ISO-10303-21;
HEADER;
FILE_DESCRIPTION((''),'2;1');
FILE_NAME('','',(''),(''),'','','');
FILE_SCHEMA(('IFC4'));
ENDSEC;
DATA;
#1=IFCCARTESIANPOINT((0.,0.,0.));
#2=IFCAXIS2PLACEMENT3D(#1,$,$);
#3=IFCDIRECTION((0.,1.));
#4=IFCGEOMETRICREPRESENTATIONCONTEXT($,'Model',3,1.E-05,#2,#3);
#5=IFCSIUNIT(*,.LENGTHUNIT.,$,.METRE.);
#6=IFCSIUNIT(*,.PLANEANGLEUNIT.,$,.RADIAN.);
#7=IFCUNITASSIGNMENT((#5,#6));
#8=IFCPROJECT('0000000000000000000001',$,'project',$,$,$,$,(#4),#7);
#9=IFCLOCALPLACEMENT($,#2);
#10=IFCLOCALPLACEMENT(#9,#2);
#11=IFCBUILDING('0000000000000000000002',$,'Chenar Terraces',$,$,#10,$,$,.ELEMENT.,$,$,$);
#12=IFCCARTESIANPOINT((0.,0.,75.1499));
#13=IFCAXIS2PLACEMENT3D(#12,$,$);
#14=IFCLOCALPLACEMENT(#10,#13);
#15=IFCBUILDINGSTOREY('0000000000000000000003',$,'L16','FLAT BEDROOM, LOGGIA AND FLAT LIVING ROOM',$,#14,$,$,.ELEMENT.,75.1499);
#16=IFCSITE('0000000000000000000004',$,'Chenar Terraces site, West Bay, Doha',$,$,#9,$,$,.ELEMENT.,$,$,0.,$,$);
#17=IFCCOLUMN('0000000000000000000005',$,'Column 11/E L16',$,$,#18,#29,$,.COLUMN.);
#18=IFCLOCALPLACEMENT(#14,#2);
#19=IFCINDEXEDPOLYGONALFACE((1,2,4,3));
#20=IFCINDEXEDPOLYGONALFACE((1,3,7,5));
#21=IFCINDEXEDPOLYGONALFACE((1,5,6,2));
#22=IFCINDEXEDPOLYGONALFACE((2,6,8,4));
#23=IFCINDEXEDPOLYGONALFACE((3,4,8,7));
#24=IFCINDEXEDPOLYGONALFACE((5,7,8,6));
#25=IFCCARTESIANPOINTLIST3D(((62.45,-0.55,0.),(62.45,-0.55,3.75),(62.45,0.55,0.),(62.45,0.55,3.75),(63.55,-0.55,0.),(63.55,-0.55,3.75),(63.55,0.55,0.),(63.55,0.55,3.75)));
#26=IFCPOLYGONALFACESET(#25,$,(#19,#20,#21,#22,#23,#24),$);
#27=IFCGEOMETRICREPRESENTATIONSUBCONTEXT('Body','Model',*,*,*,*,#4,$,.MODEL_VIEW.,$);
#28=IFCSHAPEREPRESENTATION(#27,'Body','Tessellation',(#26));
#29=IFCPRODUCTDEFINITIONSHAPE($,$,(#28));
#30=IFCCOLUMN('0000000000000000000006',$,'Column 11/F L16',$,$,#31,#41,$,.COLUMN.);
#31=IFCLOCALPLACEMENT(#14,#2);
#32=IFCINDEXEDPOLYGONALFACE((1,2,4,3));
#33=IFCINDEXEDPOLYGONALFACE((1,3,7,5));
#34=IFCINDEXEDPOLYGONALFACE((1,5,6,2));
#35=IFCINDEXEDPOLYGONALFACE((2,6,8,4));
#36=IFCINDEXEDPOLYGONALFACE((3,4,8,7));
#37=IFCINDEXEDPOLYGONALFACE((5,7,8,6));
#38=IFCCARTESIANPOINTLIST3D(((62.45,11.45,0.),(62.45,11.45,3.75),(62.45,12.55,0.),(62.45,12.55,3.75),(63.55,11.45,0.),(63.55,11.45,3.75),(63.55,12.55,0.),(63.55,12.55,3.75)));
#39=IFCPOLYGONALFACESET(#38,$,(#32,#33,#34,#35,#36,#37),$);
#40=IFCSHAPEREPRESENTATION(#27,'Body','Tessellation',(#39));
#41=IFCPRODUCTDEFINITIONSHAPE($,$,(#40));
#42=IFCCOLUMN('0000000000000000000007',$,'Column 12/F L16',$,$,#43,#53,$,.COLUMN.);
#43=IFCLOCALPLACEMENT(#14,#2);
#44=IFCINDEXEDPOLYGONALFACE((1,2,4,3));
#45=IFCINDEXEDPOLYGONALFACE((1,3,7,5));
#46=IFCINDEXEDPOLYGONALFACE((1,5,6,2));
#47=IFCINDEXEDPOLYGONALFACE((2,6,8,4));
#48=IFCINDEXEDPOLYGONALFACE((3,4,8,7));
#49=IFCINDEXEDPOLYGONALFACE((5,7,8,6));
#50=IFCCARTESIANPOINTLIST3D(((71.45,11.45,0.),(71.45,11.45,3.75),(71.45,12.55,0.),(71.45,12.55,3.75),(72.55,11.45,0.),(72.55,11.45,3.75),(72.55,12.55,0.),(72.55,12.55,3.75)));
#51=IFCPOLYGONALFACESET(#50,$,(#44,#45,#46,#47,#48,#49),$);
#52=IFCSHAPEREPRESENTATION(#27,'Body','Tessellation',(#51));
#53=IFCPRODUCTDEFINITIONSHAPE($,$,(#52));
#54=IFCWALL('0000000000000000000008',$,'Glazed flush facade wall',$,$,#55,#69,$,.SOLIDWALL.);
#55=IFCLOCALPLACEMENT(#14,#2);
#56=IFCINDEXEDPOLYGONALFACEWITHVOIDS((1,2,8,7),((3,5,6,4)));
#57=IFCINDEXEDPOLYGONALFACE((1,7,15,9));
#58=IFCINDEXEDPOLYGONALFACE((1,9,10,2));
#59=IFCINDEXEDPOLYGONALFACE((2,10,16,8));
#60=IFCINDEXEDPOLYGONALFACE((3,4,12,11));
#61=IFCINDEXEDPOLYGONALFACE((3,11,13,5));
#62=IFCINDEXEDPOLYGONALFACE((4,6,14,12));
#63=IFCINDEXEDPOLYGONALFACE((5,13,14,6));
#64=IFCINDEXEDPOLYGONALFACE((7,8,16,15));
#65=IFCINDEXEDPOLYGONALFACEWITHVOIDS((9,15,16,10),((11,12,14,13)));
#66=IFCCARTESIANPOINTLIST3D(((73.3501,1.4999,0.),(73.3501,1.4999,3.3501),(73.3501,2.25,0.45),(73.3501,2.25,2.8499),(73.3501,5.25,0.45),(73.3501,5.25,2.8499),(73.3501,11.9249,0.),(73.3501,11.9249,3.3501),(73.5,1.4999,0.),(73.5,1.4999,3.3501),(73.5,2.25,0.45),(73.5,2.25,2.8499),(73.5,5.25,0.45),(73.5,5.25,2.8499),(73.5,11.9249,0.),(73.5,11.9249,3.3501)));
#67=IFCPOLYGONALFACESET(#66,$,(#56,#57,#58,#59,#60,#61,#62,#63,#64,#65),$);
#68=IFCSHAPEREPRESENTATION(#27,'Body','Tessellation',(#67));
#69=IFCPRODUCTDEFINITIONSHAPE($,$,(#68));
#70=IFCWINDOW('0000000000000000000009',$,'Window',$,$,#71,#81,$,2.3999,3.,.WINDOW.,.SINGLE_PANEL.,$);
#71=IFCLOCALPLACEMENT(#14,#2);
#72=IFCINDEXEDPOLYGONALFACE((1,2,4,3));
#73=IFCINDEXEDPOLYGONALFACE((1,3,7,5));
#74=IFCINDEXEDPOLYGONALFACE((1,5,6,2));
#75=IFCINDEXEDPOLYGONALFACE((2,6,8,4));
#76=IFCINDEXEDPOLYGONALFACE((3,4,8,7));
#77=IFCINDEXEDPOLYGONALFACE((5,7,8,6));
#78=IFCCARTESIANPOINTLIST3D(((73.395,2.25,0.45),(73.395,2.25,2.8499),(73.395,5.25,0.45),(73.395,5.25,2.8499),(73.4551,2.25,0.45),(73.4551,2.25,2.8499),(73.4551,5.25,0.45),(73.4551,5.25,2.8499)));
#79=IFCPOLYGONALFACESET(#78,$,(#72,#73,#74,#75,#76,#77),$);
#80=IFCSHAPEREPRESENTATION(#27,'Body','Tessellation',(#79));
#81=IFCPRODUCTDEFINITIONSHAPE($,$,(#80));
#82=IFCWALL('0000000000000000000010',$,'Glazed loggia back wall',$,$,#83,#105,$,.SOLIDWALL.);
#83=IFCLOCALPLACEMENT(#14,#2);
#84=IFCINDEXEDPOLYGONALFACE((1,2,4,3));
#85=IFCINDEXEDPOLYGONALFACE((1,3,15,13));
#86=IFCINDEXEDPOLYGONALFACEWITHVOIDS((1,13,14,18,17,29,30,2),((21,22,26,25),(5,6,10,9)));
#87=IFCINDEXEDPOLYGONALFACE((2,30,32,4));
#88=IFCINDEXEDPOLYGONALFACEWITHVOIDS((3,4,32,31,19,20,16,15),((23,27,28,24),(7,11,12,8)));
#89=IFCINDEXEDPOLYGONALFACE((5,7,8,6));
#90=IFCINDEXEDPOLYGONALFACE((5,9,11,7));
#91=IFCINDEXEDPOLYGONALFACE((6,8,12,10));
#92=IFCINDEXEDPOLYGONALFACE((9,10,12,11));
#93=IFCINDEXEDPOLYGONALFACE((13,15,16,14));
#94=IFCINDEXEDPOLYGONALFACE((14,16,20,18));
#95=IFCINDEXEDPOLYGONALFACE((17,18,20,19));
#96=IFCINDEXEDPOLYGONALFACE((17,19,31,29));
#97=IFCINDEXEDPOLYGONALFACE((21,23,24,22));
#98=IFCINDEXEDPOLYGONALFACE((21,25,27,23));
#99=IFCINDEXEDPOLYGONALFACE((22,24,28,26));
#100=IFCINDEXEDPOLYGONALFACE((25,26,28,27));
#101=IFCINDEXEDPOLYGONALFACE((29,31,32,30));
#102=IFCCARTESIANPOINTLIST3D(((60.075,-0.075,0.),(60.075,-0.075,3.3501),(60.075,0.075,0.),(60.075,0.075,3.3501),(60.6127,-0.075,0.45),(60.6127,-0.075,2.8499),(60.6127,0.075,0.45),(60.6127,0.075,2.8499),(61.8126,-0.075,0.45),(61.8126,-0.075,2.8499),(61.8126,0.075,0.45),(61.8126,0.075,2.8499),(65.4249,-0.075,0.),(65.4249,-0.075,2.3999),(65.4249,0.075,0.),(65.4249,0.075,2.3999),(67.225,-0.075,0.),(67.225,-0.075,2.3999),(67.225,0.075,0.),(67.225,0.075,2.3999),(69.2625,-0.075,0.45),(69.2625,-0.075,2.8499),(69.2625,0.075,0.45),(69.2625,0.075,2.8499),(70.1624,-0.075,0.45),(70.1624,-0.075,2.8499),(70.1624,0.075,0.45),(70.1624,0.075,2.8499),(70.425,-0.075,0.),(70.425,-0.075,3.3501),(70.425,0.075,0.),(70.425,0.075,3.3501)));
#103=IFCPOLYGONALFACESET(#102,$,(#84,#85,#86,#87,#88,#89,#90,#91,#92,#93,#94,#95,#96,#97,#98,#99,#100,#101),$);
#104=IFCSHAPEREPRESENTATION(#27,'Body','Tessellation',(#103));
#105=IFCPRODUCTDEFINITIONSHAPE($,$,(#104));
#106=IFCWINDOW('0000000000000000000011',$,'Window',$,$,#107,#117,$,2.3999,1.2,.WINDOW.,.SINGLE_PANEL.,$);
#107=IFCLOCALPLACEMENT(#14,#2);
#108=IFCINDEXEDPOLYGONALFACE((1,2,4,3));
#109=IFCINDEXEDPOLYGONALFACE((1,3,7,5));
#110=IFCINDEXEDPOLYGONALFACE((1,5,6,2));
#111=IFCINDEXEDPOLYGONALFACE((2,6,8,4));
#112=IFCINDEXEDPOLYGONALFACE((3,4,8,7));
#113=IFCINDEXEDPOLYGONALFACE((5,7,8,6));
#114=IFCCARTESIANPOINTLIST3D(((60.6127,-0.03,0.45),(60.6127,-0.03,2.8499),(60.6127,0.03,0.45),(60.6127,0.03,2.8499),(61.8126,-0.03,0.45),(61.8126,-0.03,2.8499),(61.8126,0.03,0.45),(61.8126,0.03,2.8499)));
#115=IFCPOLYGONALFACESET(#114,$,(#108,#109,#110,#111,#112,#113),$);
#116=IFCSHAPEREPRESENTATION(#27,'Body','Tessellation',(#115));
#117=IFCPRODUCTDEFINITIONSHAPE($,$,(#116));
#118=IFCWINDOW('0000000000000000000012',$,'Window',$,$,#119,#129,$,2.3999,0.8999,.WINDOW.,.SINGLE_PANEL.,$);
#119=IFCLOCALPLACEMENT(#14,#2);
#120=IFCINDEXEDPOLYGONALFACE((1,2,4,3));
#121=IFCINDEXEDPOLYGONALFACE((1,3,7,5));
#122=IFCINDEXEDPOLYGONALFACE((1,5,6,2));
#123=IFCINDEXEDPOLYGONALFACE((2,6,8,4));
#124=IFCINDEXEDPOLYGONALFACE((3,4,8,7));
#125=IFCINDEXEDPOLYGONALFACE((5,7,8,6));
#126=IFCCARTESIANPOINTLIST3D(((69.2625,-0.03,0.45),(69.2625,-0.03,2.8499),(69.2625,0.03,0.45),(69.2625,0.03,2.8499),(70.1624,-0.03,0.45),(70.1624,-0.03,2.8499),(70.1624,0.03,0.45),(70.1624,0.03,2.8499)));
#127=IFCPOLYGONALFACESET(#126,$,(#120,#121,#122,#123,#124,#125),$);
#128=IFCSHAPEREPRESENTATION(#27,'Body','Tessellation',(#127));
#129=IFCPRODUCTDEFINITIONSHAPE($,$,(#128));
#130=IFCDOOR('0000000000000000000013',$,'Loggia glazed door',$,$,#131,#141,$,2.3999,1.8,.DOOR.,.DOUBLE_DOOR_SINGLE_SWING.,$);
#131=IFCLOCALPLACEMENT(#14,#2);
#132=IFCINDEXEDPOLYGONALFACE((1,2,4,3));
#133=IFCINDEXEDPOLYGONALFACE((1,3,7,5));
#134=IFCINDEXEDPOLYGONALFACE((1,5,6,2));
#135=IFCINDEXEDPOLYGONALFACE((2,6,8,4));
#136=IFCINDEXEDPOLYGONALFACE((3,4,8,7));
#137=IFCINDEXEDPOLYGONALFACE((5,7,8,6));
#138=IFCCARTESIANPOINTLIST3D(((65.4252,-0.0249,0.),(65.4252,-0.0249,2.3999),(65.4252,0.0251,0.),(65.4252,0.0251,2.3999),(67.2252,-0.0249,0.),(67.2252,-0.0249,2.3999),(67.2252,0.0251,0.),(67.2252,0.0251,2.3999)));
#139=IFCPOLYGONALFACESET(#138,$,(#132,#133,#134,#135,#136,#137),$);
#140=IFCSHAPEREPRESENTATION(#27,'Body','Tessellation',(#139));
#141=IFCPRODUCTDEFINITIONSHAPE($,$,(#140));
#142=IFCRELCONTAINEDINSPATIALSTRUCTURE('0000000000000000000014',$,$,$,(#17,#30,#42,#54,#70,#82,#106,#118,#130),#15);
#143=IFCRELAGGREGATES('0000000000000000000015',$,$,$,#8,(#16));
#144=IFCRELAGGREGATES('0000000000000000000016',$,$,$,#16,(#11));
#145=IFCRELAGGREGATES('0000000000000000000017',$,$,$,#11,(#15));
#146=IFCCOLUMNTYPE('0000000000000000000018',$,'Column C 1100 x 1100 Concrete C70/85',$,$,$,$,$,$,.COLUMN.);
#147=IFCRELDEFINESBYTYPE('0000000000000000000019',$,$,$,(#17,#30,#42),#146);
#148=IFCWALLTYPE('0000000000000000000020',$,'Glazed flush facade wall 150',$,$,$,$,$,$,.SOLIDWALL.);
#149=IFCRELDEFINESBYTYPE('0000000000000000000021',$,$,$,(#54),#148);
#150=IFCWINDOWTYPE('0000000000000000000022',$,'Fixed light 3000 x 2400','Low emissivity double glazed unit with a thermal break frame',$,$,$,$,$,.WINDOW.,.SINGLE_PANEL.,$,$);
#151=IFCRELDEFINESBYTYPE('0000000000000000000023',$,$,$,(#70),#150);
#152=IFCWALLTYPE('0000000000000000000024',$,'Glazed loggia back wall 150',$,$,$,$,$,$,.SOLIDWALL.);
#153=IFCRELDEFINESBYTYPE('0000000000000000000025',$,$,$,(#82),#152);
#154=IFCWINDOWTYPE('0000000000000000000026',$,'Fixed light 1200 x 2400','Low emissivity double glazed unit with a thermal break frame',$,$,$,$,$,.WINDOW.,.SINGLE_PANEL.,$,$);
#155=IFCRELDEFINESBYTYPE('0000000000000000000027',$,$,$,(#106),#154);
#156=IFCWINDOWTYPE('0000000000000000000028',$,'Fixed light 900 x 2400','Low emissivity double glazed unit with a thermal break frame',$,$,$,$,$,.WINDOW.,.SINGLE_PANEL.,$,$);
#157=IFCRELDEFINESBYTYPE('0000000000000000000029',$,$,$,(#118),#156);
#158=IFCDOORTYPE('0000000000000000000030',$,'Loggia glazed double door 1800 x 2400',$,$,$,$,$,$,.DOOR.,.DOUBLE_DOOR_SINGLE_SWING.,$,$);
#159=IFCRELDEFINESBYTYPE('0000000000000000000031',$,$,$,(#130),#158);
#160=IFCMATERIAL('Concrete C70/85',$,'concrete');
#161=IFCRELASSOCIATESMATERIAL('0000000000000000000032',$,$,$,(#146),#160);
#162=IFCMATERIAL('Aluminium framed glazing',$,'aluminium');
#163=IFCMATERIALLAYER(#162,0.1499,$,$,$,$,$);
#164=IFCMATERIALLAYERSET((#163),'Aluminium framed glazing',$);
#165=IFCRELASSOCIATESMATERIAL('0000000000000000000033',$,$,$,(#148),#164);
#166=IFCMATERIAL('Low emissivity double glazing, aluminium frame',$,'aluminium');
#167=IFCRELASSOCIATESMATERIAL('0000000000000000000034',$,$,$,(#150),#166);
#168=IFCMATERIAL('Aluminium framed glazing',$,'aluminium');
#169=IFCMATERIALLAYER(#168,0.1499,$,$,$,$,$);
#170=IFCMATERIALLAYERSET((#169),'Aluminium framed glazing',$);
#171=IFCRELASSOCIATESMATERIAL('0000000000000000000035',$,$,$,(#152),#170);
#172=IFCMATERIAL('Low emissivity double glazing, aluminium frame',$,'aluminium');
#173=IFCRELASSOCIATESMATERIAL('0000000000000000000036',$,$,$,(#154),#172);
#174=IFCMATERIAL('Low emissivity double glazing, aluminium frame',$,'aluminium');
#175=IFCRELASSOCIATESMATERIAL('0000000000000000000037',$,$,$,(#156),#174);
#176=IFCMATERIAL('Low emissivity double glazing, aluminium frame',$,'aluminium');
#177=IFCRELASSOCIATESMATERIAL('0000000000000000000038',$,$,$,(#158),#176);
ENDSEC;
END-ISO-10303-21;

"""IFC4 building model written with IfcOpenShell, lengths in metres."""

from ifc_helpers import new_model, si_unit, direction, frame, frame_2d, origin, origin_2d, place, context, subcontext, project, spatial, rectangle, extrude, material, layer, layer_set, material_profile, profile_set, type_object, element, fill, save


model = new_model("IFC4")

# Units and contexts
model_context = context("Model", 3, precision=1e-05, world=origin(), true_north=direction((0.0, 1.0)))
body_context = subcontext(model_context, "Body", "Model", "MODEL_VIEW")
ifc_project = project(units=[si_unit("LENGTHUNIT", "METRE"), si_unit("PLANEANGLEUNIT", "RADIAN")], contexts=[model_context])

# Site, building, storey
site_placement = place(None, origin())
site = spatial("IfcSite", under=ifc_project, at=site_placement, Name="Chenar Terraces site, West Bay, Doha", CompositionType="ELEMENT", RefElevation=0.0)
building_placement = place(site_placement, origin())
building = spatial("IfcBuilding", under=site, at=building_placement, Name="Chenar Terraces", CompositionType="ELEMENT")
storey_placement = place(building_placement, frame((0.0, 0.0, 75.1499)))
storey = spatial("IfcBuildingStorey", under=building, at=storey_placement, Name="L16", Description="FLAT BEDROOM, LOGGIA AND FLAT LIVING ROOM", CompositionType="ELEMENT", Elevation=75.1499)

# Columns
ifc_material_1 = material(Name="Concrete C70/85", Category="concrete")
ifc_material_profile = material_profile(ifc_material_1, rectangle(XDim=1.1001, YDim=1.1001, at=origin_2d()), Name="C 1100 x 1100")
ifc_profile_set = profile_set([ifc_material_profile], Name="Concrete C70/85")
column_type = type_object("IfcColumnType", Name="Column C 1100 x 1100 Concrete C70/85", PredefinedType="COLUMN", material=ifc_profile_set)
for number, where, z_axis, x_axis, name in (
    (1, (63.0, 0.0, 0.0), (0.0, 0.0, 1.0), (1.0, 0.0, 0.0), "Column 11/E L16"),
    (2, (63.0, 12.0, 0.0), (0.0, 0.0, 1.0), (1.0, 0.0, 0.0), "Column 11/F L16"),
    (3, (72.0, 12.0, 0.0), (0.0, 0.0, 1.0), (1.0, 0.0, 0.0), "Column 12/F L16"),
):
    element("IfcColumn", number, at=place(storey_placement, frame(where, z_axis=z_axis, x_axis=x_axis)), inside=storey, type_object=column_type, Name=name, PredefinedType="COLUMN", context=body_context, shape_type="SweptSolid", body=[
        extrude(rectangle(XDim=1.1001, YDim=1.1001, at=origin_2d()), origin(), (0.0, 0.0, 1.0), 3.75),
    ])

# Wall, opening, window
ifc_material_2 = material(Name="Aluminium framed glazing", Category="aluminium")
ifc_layer_1 = layer(ifc_material_2, 0.1499)
ifc_layer_set_1 = layer_set([ifc_layer_1], Name="Aluminium framed glazing")
wall_type_1 = type_object("IfcWallType", Name="Glazed flush facade wall 150", PredefinedType="SOLIDWALL", material=ifc_layer_set_1)
wall_1_placement = place(storey_placement, frame((73.425, 1.5, 0.0), z_axis=(0.0, 0.0, 1.0), x_axis=(0.0, 1.0, 0.0)))
wall_1 = element("IfcWall", 4, at=wall_1_placement, inside=storey, type_object=wall_type_1, Name="Glazed flush facade wall", PredefinedType="SOLIDWALL", context=body_context, shape_type="SweptSolid", body=[
    extrude(rectangle(XDim=10.425, YDim=0.1499, at=frame_2d((5.2124, 0.0))), origin(), (0.0, 0.0, 1.0), 3.3501),
])
opening_1_placement = place(wall_1_placement, frame((0.75, 0.0, 0.45)))
opening_1 = element("IfcOpeningElement", 5, at=opening_1_placement, cuts=wall_1, PredefinedType="OPENING", context=body_context, shape_type="SweptSolid", body=[
    extrude(rectangle(XDim=3.0, YDim=2.3999, at=frame_2d((1.5, 1.2))), frame((0.0, 0.085, 0.0), z_axis=(0.0, -1.0, 0.0), x_axis=(1.0, 0.0, 0.0)), (0.0, 0.0, 1.0), 0.1699),
])
ifc_material_3 = material(Name="Low emissivity double glazing, aluminium frame", Category="aluminium")
window_type_1 = type_object("IfcWindowType", Name="Fixed light 3000 x 2400", Description="Low emissivity double glazed unit with a thermal break frame", PartitioningType="SINGLE_PANEL", PredefinedType="WINDOW", material=ifc_material_3)
window_1_placement = place(opening_1_placement, origin())
window_1 = element("IfcWindow", 6, at=window_1_placement, inside=storey, type_object=window_type_1, Name="Window", OverallHeight=2.3999, OverallWidth=3.0, PartitioningType="SINGLE_PANEL", PredefinedType="WINDOW", context=body_context, shape_type="SweptSolid", body=[
    extrude(rectangle(XDim=3.0, YDim=2.3999, at=frame_2d((1.5, 1.2))), frame((0.0, 0.03, 0.0), z_axis=(0.0, -1.0, 0.0), x_axis=(1.0, 0.0, 0.0)), (0.0, 0.0, 1.0), 0.0601),
])
fill(opening_1, window_1)

# Wall, openings, windows, door
ifc_material_4 = material(Name="Aluminium framed glazing", Category="aluminium")
ifc_layer_2 = layer(ifc_material_4, 0.1499)
ifc_layer_set_2 = layer_set([ifc_layer_2], Name="Aluminium framed glazing")
wall_type_2 = type_object("IfcWallType", Name="Glazed loggia back wall 150", PredefinedType="SOLIDWALL", material=ifc_layer_set_2)
wall_2_placement = place(storey_placement, frame((60.075, 0.0, 0.0), z_axis=(0.0, 0.0, 1.0), x_axis=(1.0, 0.0, 0.0)))
wall_2 = element("IfcWall", 7, at=wall_2_placement, inside=storey, type_object=wall_type_2, Name="Glazed loggia back wall", PredefinedType="SOLIDWALL", context=body_context, shape_type="SweptSolid", body=[
    extrude(rectangle(XDim=10.3501, YDim=0.1499, at=frame_2d((5.175, 0.0))), origin(), (0.0, 0.0, 1.0), 3.3501),
])
opening_2_placement = place(wall_2_placement, frame((0.5376, 0.0, 0.45)))
opening_2 = element("IfcOpeningElement", 8, at=opening_2_placement, cuts=wall_2, PredefinedType="OPENING", context=body_context, shape_type="SweptSolid", body=[
    extrude(rectangle(XDim=1.2, YDim=2.3999, at=frame_2d((0.6001, 1.2))), frame((0.0, 0.085, 0.0), z_axis=(0.0, -1.0, 0.0), x_axis=(1.0, 0.0, 0.0)), (0.0, 0.0, 1.0), 0.1699),
])
opening_3_placement = place(wall_2_placement, frame((5.3501, 0.0, 0.0)))
opening_3 = element("IfcOpeningElement", 9, at=opening_3_placement, cuts=wall_2, PredefinedType="OPENING", context=body_context, shape_type="SweptSolid", body=[
    extrude(rectangle(XDim=1.8, YDim=2.3999, at=frame_2d((0.8999, 1.2))), frame((0.0, 0.085, 0.0), z_axis=(0.0, -1.0, 0.0), x_axis=(1.0, 0.0, 0.0)), (0.0, 0.0, 1.0), 0.1699),
])
opening_4_placement = place(wall_2_placement, frame((9.1875, 0.0, 0.45)))
opening_4 = element("IfcOpeningElement", 10, at=opening_4_placement, cuts=wall_2, PredefinedType="OPENING", context=body_context, shape_type="SweptSolid", body=[
    extrude(rectangle(XDim=0.8999, YDim=2.3999, at=frame_2d((0.45, 1.2))), frame((0.0, 0.085, 0.0), z_axis=(0.0, -1.0, 0.0), x_axis=(1.0, 0.0, 0.0)), (0.0, 0.0, 1.0), 0.1699),
])
ifc_material_5 = material(Name="Low emissivity double glazing, aluminium frame", Category="aluminium")
window_type_2 = type_object("IfcWindowType", Name="Fixed light 1200 x 2400", Description="Low emissivity double glazed unit with a thermal break frame", PartitioningType="SINGLE_PANEL", PredefinedType="WINDOW", material=ifc_material_5)
window_2_placement = place(opening_2_placement, origin())
window_2 = element("IfcWindow", 11, at=window_2_placement, inside=storey, type_object=window_type_2, Name="Window", OverallHeight=2.3999, OverallWidth=1.2, PartitioningType="SINGLE_PANEL", PredefinedType="WINDOW", context=body_context, shape_type="SweptSolid", body=[
    extrude(rectangle(XDim=1.2, YDim=2.3999, at=frame_2d((0.6001, 1.2))), frame((0.0, 0.03, 0.0), z_axis=(0.0, -1.0, 0.0), x_axis=(1.0, 0.0, 0.0)), (0.0, 0.0, 1.0), 0.0601),
])
fill(opening_2, window_2)
ifc_material_6 = material(Name="Low emissivity double glazing, aluminium frame", Category="aluminium")
window_type_3 = type_object("IfcWindowType", Name="Fixed light 900 x 2400", Description="Low emissivity double glazed unit with a thermal break frame", PartitioningType="SINGLE_PANEL", PredefinedType="WINDOW", material=ifc_material_6)
window_3_placement = place(opening_4_placement, origin())
window_3 = element("IfcWindow", 12, at=window_3_placement, inside=storey, type_object=window_type_3, Name="Window", OverallHeight=2.3999, OverallWidth=0.8999, PartitioningType="SINGLE_PANEL", PredefinedType="WINDOW", context=body_context, shape_type="SweptSolid", body=[
    extrude(rectangle(XDim=0.8999, YDim=2.3999, at=frame_2d((0.45, 1.2))), frame((0.0, 0.03, 0.0), z_axis=(0.0, -1.0, 0.0), x_axis=(1.0, 0.0, 0.0)), (0.0, 0.0, 1.0), 0.0601),
])
fill(opening_4, window_3)
ifc_material_7 = material(Name="Low emissivity double glazing, aluminium frame", Category="aluminium")
door_type_1 = type_object("IfcDoorType", Name="Loggia glazed double door 1800 x 2400", OperationType="DOUBLE_DOOR_SINGLE_SWING", PredefinedType="DOOR", material=ifc_material_7)
door_1_placement = place(opening_3_placement, frame((1.8, 0.0, 0.0), z_axis=(0.0, 0.0, 1.0), x_axis=(-1.0, 0.0, 0.0)))
door_1 = element("IfcDoor", 13, at=door_1_placement, inside=storey, type_object=door_type_1, Name="Loggia glazed door", OperationType="DOUBLE_DOOR_SINGLE_SWING", OverallHeight=2.3999, OverallWidth=1.8, PredefinedType="DOOR", context=body_context, shape_type="SweptSolid", body=[
    extrude(rectangle(XDim=1.8, YDim=2.3999, at=frame_2d((0.8999, 1.2))), frame((0.0, 0.0249, 0.0), z_axis=(0.0, -1.0, 0.0), x_axis=(1.0, 0.0, 0.0)), (0.0, 0.0, 1.0), 0.05),
])
fill(opening_3, door_1)

save(model, "model.ifc")
